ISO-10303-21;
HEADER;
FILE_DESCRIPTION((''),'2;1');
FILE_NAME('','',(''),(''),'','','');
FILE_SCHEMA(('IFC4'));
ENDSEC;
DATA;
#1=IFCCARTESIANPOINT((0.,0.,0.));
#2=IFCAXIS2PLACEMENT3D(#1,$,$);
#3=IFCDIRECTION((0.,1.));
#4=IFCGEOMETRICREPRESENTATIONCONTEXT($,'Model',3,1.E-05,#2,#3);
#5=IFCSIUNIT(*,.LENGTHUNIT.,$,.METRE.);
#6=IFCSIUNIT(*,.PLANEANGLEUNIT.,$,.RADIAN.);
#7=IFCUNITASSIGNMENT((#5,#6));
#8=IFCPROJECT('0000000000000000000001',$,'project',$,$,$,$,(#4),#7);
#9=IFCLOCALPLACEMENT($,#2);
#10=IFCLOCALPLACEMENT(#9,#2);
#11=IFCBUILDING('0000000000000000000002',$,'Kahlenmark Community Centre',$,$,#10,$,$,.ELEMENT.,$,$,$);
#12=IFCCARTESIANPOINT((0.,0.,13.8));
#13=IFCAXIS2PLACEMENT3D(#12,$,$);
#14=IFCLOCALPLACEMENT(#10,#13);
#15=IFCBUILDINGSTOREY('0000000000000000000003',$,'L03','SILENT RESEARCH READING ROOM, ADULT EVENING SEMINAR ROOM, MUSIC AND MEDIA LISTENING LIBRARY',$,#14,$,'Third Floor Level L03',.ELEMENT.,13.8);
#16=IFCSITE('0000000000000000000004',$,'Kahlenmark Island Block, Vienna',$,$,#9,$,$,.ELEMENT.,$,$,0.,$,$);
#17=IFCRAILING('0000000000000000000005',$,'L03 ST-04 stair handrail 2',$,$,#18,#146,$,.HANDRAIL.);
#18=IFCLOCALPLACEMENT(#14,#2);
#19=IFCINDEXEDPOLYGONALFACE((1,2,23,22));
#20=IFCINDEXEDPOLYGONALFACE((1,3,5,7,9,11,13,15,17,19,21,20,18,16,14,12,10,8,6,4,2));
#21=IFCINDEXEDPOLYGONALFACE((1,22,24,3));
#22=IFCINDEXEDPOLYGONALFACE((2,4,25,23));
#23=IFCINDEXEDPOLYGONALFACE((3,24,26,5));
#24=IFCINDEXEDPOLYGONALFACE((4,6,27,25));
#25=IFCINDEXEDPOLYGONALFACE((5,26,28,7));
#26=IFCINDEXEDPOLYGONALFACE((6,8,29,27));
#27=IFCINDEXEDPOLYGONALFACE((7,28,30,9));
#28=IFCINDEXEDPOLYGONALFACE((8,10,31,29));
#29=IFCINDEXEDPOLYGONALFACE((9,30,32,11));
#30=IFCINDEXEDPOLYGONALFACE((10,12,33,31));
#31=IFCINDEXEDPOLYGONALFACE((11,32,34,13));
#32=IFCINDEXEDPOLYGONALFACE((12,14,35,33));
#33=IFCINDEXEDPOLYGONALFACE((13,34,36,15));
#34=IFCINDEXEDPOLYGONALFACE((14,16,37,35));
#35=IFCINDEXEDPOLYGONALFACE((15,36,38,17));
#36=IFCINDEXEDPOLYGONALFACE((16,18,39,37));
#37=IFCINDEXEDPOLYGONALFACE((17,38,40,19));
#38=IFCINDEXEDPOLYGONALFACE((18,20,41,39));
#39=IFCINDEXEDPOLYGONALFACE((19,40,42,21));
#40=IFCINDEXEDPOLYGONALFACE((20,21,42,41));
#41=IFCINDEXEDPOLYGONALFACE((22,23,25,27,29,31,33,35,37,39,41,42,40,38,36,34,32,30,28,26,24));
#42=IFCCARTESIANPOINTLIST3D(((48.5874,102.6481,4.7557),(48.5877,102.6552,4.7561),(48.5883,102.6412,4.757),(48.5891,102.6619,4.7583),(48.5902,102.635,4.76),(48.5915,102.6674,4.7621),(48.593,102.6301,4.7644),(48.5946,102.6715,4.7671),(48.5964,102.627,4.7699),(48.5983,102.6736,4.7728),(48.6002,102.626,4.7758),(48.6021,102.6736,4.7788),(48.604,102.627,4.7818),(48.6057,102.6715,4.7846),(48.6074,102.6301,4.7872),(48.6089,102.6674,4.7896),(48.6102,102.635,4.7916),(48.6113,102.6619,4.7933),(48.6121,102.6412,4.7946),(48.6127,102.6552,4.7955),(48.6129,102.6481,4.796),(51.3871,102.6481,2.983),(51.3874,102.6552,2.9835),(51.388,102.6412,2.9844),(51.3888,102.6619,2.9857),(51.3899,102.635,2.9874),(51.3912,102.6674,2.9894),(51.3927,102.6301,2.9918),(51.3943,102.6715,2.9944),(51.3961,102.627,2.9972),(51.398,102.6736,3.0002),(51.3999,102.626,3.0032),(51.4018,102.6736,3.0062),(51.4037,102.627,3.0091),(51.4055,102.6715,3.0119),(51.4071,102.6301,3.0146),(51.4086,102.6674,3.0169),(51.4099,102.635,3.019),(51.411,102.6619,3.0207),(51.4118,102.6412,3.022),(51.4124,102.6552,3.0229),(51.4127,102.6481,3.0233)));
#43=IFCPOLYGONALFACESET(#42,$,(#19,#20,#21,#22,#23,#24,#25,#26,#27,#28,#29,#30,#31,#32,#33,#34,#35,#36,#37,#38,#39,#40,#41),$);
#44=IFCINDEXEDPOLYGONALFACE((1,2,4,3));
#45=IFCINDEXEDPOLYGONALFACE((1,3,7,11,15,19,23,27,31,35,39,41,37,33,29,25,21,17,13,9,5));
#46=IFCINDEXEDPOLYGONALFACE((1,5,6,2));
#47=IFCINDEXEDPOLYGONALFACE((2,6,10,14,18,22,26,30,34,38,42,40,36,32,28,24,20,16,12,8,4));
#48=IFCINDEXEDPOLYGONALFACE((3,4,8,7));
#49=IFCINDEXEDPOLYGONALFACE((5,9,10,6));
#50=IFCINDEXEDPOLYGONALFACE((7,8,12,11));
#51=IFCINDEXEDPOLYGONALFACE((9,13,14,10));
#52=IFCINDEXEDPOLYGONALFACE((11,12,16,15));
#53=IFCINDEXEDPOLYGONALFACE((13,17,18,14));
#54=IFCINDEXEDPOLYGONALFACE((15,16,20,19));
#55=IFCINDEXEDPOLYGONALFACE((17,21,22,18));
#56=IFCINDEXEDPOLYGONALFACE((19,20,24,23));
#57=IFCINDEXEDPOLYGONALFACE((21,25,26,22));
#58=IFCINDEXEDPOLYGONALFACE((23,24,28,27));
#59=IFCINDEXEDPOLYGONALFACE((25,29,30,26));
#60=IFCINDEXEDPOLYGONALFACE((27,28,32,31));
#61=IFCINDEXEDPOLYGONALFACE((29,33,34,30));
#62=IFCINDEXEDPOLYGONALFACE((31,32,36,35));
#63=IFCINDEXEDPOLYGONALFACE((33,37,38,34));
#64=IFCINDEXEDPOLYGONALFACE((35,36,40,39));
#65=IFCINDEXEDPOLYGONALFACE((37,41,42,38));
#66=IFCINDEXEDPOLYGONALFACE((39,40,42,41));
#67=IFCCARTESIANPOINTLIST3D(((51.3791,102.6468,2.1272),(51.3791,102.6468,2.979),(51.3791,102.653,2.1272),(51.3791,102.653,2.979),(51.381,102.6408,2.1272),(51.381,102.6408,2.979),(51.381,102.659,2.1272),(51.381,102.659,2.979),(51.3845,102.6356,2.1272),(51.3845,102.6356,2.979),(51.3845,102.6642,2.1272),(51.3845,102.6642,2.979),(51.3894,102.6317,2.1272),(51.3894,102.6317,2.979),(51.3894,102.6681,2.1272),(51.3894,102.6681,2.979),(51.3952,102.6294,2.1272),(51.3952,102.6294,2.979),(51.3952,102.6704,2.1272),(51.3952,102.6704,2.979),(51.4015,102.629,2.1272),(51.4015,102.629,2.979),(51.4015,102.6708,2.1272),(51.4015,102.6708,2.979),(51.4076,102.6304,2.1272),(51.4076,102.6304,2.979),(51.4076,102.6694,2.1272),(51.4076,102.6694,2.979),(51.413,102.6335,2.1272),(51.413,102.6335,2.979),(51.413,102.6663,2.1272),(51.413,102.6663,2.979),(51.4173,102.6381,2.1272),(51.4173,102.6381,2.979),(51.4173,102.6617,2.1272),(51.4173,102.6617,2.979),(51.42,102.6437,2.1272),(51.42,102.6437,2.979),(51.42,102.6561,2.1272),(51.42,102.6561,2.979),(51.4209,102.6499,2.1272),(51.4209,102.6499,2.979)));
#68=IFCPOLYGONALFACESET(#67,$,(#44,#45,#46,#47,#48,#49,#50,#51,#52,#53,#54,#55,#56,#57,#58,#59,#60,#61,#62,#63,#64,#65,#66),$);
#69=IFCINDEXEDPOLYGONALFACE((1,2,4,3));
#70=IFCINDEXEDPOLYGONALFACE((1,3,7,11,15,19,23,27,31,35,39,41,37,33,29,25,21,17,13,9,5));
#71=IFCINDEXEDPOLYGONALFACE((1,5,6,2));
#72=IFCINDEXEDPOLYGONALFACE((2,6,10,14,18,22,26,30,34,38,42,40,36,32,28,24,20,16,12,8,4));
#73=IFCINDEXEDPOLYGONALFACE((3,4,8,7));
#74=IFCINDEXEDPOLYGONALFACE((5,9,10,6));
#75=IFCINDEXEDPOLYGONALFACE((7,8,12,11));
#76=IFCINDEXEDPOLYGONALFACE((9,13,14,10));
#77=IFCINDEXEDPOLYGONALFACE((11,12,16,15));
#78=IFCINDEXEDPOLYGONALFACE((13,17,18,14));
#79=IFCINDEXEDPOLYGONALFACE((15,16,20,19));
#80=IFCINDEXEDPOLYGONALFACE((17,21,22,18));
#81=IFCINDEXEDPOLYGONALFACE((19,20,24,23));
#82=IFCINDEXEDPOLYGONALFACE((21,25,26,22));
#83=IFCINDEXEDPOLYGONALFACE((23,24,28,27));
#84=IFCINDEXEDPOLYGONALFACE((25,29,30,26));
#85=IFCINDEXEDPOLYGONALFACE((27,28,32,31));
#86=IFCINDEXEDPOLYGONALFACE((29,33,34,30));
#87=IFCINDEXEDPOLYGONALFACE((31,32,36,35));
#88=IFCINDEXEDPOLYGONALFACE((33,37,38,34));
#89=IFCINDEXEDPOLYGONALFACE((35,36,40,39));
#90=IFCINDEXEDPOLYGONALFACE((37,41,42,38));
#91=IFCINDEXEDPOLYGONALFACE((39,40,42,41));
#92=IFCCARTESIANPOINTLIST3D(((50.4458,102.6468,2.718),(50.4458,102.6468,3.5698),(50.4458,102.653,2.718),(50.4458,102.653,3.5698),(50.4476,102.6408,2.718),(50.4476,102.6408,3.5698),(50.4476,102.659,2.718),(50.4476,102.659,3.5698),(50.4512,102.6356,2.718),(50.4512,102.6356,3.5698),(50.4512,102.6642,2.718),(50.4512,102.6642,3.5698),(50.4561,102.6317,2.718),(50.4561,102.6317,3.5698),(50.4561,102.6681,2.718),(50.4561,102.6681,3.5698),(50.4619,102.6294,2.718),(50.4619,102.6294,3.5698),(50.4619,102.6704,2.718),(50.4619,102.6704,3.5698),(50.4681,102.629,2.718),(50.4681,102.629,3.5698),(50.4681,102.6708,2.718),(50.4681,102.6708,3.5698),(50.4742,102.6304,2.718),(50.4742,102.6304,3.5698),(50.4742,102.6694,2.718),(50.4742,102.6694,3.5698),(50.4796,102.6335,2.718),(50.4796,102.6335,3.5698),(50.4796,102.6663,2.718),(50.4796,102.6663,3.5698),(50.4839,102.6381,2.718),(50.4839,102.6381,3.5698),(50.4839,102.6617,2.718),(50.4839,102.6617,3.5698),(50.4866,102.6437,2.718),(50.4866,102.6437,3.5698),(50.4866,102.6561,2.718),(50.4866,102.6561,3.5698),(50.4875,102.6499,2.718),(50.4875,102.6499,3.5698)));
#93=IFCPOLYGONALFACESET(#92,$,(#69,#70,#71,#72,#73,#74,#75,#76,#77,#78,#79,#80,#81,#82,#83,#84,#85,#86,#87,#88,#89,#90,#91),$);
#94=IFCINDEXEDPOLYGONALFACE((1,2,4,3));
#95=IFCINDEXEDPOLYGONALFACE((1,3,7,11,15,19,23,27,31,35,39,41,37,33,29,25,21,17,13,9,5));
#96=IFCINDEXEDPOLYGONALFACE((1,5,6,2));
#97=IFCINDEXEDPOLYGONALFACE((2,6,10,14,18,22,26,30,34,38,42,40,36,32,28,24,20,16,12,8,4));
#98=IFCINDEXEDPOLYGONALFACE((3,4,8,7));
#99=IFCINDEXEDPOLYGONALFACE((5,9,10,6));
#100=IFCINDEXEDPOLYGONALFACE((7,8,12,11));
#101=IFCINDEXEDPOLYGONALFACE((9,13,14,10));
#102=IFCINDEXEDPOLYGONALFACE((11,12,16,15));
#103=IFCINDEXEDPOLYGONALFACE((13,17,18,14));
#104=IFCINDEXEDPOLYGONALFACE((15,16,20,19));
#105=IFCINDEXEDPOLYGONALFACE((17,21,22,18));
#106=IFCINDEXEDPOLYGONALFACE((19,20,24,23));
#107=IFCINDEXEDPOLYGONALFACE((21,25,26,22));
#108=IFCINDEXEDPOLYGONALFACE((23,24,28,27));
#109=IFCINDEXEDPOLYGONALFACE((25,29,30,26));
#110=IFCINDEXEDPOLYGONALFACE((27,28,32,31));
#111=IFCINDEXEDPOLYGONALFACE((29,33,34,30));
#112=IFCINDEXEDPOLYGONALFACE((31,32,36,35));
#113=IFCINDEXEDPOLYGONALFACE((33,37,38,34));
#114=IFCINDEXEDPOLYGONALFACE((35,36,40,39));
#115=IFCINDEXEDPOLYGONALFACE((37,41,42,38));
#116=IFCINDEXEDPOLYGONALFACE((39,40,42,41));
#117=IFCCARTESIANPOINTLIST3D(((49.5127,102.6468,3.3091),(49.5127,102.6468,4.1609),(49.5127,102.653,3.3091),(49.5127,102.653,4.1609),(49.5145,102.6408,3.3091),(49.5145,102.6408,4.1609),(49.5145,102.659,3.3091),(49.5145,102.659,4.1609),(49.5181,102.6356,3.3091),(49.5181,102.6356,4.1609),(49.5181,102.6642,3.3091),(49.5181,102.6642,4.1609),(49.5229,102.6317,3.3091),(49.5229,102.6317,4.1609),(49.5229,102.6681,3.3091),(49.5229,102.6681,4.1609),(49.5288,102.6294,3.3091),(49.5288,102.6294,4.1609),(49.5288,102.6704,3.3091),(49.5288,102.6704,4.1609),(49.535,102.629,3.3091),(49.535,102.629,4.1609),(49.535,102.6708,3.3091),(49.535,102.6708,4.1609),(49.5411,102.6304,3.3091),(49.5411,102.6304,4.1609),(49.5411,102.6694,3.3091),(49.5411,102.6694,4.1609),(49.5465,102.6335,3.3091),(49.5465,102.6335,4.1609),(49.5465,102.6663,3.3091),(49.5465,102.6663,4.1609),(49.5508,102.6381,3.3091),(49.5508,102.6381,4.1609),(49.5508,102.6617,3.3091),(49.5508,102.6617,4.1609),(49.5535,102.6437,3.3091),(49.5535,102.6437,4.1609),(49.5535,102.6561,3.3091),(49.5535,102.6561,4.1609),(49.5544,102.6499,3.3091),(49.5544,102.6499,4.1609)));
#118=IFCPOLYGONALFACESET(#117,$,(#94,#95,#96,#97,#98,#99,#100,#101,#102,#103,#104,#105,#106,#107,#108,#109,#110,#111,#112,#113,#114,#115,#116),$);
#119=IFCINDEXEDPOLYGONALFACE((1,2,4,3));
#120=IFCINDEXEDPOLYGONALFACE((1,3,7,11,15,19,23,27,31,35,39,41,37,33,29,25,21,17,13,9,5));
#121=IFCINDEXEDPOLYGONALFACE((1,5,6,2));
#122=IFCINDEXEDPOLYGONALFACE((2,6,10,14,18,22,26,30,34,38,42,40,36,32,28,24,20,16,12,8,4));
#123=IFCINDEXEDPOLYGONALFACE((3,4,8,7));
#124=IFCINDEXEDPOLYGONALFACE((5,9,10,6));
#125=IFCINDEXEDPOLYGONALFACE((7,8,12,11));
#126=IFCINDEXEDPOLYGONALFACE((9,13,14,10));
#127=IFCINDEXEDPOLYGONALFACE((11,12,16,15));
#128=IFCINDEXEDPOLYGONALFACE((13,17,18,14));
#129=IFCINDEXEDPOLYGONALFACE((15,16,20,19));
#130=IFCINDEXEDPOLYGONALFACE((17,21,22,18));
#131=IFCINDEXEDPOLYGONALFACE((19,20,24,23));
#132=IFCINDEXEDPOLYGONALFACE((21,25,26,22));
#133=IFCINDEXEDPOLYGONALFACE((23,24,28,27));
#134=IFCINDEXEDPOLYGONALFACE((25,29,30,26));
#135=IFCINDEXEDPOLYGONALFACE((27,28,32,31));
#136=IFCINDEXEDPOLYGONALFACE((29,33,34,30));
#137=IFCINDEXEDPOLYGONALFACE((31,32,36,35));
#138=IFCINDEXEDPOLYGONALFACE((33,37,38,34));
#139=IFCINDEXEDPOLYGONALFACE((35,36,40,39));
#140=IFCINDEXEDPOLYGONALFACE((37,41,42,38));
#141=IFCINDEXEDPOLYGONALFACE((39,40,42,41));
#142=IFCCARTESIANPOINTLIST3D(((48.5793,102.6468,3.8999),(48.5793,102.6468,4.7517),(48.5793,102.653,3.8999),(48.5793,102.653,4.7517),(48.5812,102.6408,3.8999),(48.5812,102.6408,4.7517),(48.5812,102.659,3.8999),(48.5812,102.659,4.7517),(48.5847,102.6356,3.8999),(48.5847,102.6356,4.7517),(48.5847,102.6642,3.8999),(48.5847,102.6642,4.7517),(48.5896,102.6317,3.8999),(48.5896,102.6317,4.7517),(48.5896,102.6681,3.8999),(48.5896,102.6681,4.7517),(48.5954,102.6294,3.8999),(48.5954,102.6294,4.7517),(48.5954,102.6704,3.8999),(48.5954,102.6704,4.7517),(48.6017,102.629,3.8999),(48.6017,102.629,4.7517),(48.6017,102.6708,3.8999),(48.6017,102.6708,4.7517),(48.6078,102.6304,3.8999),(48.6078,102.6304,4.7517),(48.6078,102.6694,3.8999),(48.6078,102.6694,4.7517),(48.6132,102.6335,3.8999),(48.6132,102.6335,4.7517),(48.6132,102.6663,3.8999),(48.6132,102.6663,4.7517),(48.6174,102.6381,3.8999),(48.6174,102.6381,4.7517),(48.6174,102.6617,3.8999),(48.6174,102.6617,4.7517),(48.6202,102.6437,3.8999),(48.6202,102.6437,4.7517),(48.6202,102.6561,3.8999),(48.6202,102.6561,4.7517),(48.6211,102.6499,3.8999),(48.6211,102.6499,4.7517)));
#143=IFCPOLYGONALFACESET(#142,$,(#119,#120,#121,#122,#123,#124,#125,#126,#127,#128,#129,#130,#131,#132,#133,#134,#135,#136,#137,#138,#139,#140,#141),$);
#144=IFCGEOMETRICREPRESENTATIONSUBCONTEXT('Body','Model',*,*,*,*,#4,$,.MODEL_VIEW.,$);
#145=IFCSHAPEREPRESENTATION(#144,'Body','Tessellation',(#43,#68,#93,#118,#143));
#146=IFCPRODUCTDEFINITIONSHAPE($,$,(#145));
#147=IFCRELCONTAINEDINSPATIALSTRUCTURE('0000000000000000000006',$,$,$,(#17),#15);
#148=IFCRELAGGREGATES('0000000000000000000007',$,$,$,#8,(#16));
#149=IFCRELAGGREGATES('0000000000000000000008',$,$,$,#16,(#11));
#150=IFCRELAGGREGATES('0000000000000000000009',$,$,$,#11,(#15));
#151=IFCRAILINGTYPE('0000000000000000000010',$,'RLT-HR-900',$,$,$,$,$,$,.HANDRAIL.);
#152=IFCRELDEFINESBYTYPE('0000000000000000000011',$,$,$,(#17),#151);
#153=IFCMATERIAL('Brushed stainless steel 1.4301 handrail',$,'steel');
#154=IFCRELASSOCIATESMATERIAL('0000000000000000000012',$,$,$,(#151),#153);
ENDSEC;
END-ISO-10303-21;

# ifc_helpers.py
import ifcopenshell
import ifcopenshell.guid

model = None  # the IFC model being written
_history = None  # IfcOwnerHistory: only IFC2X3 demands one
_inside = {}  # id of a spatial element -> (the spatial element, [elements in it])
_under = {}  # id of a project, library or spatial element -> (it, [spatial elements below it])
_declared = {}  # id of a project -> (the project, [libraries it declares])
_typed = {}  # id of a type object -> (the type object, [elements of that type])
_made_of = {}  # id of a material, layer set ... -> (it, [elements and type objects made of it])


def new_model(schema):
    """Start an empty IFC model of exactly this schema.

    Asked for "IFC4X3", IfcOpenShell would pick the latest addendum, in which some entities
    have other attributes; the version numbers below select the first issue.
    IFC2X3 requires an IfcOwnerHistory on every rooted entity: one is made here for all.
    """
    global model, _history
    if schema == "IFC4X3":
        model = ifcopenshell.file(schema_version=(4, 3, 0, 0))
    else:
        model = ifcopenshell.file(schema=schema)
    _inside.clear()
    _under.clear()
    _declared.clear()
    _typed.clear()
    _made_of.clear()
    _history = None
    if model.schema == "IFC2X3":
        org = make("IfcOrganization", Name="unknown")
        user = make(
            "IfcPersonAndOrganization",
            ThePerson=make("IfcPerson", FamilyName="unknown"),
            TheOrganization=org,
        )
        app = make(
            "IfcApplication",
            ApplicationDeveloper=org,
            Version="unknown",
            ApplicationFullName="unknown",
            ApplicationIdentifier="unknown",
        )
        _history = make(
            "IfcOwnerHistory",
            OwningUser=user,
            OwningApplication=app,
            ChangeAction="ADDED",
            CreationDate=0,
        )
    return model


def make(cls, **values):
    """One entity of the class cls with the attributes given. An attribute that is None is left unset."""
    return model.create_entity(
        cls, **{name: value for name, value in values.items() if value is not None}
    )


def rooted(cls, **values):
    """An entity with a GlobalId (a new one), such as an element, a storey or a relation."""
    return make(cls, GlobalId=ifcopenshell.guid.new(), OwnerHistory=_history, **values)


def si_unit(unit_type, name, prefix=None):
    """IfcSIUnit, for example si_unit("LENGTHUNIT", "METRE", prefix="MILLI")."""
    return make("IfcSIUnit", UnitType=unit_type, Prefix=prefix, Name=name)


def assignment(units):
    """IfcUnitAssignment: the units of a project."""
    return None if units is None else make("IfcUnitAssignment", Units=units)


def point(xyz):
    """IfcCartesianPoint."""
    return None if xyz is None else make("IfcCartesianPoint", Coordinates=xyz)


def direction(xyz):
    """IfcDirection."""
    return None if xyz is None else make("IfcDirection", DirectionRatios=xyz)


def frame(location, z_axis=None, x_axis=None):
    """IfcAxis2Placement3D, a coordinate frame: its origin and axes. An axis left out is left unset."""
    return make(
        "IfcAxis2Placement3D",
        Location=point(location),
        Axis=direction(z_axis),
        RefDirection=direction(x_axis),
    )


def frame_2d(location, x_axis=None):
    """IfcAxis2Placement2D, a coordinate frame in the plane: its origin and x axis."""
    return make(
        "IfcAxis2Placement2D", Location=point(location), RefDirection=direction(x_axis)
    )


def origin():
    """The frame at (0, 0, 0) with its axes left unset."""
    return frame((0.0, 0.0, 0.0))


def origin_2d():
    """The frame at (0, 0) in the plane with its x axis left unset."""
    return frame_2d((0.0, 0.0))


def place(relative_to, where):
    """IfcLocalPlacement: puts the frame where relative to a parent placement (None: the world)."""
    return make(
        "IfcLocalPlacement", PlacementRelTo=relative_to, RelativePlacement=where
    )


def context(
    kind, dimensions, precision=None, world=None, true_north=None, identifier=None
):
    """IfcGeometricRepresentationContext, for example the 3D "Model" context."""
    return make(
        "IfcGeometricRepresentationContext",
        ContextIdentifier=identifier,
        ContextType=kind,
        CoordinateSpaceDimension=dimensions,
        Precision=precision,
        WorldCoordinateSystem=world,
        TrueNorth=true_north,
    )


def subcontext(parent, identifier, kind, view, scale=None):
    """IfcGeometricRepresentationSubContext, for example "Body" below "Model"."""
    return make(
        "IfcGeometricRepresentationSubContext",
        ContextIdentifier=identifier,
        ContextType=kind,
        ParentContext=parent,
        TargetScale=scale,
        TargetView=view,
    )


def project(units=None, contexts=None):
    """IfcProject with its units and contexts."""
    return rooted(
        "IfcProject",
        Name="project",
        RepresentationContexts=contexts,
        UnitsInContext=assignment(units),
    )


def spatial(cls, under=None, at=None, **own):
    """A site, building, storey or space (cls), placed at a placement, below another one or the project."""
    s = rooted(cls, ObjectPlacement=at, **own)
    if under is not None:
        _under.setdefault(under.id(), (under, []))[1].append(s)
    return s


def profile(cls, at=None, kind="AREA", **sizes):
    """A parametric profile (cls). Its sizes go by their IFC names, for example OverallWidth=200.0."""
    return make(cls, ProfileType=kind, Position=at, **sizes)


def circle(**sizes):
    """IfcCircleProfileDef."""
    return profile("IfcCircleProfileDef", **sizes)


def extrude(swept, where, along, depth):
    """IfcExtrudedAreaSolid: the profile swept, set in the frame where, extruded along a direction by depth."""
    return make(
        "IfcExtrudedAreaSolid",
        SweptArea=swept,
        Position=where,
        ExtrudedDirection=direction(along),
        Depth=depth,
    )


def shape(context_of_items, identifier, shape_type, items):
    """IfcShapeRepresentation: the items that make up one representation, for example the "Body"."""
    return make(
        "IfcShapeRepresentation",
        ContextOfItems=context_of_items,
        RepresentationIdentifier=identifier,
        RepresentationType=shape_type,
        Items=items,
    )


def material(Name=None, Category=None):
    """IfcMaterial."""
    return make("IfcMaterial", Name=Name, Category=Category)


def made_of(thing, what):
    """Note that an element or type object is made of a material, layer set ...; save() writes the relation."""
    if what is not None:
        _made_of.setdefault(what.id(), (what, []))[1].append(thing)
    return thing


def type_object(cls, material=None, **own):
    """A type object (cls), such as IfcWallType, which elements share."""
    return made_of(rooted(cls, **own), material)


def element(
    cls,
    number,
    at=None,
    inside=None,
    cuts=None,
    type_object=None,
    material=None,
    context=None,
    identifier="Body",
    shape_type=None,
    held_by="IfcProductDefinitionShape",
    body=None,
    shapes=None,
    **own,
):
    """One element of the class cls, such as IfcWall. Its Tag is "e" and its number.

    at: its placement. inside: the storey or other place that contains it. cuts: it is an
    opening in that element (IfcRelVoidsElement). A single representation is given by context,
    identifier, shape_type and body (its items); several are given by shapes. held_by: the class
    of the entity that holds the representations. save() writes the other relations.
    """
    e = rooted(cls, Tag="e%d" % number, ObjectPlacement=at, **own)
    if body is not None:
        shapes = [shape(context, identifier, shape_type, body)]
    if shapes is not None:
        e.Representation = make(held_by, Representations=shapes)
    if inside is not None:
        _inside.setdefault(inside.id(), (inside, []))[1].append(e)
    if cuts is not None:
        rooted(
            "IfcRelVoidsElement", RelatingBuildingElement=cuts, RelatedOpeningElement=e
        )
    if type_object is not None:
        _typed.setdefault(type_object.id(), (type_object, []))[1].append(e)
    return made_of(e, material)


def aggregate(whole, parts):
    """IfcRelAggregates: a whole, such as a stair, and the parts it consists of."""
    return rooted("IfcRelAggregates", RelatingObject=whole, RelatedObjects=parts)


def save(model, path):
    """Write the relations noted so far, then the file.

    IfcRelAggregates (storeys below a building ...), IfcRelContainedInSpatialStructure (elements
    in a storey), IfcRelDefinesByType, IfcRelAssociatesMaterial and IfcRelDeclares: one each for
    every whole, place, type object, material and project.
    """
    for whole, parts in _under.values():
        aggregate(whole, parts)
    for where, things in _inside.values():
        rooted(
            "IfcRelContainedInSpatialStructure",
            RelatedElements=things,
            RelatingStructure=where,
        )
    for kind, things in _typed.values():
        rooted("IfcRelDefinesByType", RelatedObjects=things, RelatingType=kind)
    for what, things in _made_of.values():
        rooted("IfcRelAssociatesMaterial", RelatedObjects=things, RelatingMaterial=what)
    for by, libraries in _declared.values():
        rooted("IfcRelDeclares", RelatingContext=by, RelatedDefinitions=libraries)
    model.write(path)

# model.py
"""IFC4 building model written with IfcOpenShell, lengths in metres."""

from ifc_helpers import new_model, si_unit, direction, frame, origin, origin_2d, place, context, subcontext, project, spatial, circle, extrude, material, type_object, element, save


model = new_model("IFC4")

# Units and contexts
model_context = context("Model", 3, precision=1e-05, world=origin(), true_north=direction((0.0, 1.0)))
body_context = subcontext(model_context, "Body", "Model", "MODEL_VIEW")
ifc_project = project(units=[si_unit("LENGTHUNIT", "METRE"), si_unit("PLANEANGLEUNIT", "RADIAN")], contexts=[model_context])

# Site, building, storey
site_placement = place(None, origin())
site = spatial("IfcSite", under=ifc_project, at=site_placement, Name="Kahlenmark Island Block, Vienna", CompositionType="ELEMENT", RefElevation=0.0)
building_placement = place(site_placement, origin())
building = spatial("IfcBuilding", under=site, at=building_placement, Name="Kahlenmark Community Centre", CompositionType="ELEMENT")
storey_placement = place(building_placement, frame((0.0, 0.0, 13.8)))
storey = spatial("IfcBuildingStorey", under=building, at=storey_placement, Name="L03", Description="SILENT RESEARCH READING ROOM, ADULT EVENING SEMINAR ROOM, MUSIC AND MEDIA LISTENING LIBRARY", LongName="Third Floor Level L03", CompositionType="ELEMENT", Elevation=13.8)

# Railing
ifc_material_1 = material(Name="Brushed stainless steel 1.4301 handrail", Category="steel")
railing_type_1 = type_object("IfcRailingType", Name="RLT-HR-900", PredefinedType="HANDRAIL", material=ifc_material_1)
railing_1_placement = place(storey_placement, frame((51.3999, 102.6499, 2.1272)))
element("IfcRailing", 1, at=railing_1_placement, inside=storey, type_object=railing_type_1, Name="L03 ST-04 stair handrail 2", PredefinedType="HANDRAIL", context=body_context, shape_type="SweptSolid", body=[
    extrude(circle(Radius=0.0239, at=origin_2d()), frame((0.0, 0.0, 0.876), z_axis=(-0.844888, 0.0, 0.534943), x_axis=(0.0, -1.0, 0.0)), (0.0, 0.0, 1.0), 3.3137),
    extrude(circle(Radius=0.021, at=origin_2d()), origin(), (0.0, 0.0, 1.0), 0.8518),
    extrude(circle(Radius=0.021, at=origin_2d()), frame((-0.9333, 0.0, 0.5908)), (0.0, 0.0, 1.0), 0.8518),
    extrude(circle(Radius=0.021, at=origin_2d()), frame((-1.8665, 0.0, 1.1819)), (0.0, 0.0, 1.0), 0.8518),
    extrude(circle(Radius=0.021, at=origin_2d()), frame((-2.7998, 0.0, 1.7727)), (0.0, 0.0, 1.0), 0.8518),
])

save(model, "model.ifc")
